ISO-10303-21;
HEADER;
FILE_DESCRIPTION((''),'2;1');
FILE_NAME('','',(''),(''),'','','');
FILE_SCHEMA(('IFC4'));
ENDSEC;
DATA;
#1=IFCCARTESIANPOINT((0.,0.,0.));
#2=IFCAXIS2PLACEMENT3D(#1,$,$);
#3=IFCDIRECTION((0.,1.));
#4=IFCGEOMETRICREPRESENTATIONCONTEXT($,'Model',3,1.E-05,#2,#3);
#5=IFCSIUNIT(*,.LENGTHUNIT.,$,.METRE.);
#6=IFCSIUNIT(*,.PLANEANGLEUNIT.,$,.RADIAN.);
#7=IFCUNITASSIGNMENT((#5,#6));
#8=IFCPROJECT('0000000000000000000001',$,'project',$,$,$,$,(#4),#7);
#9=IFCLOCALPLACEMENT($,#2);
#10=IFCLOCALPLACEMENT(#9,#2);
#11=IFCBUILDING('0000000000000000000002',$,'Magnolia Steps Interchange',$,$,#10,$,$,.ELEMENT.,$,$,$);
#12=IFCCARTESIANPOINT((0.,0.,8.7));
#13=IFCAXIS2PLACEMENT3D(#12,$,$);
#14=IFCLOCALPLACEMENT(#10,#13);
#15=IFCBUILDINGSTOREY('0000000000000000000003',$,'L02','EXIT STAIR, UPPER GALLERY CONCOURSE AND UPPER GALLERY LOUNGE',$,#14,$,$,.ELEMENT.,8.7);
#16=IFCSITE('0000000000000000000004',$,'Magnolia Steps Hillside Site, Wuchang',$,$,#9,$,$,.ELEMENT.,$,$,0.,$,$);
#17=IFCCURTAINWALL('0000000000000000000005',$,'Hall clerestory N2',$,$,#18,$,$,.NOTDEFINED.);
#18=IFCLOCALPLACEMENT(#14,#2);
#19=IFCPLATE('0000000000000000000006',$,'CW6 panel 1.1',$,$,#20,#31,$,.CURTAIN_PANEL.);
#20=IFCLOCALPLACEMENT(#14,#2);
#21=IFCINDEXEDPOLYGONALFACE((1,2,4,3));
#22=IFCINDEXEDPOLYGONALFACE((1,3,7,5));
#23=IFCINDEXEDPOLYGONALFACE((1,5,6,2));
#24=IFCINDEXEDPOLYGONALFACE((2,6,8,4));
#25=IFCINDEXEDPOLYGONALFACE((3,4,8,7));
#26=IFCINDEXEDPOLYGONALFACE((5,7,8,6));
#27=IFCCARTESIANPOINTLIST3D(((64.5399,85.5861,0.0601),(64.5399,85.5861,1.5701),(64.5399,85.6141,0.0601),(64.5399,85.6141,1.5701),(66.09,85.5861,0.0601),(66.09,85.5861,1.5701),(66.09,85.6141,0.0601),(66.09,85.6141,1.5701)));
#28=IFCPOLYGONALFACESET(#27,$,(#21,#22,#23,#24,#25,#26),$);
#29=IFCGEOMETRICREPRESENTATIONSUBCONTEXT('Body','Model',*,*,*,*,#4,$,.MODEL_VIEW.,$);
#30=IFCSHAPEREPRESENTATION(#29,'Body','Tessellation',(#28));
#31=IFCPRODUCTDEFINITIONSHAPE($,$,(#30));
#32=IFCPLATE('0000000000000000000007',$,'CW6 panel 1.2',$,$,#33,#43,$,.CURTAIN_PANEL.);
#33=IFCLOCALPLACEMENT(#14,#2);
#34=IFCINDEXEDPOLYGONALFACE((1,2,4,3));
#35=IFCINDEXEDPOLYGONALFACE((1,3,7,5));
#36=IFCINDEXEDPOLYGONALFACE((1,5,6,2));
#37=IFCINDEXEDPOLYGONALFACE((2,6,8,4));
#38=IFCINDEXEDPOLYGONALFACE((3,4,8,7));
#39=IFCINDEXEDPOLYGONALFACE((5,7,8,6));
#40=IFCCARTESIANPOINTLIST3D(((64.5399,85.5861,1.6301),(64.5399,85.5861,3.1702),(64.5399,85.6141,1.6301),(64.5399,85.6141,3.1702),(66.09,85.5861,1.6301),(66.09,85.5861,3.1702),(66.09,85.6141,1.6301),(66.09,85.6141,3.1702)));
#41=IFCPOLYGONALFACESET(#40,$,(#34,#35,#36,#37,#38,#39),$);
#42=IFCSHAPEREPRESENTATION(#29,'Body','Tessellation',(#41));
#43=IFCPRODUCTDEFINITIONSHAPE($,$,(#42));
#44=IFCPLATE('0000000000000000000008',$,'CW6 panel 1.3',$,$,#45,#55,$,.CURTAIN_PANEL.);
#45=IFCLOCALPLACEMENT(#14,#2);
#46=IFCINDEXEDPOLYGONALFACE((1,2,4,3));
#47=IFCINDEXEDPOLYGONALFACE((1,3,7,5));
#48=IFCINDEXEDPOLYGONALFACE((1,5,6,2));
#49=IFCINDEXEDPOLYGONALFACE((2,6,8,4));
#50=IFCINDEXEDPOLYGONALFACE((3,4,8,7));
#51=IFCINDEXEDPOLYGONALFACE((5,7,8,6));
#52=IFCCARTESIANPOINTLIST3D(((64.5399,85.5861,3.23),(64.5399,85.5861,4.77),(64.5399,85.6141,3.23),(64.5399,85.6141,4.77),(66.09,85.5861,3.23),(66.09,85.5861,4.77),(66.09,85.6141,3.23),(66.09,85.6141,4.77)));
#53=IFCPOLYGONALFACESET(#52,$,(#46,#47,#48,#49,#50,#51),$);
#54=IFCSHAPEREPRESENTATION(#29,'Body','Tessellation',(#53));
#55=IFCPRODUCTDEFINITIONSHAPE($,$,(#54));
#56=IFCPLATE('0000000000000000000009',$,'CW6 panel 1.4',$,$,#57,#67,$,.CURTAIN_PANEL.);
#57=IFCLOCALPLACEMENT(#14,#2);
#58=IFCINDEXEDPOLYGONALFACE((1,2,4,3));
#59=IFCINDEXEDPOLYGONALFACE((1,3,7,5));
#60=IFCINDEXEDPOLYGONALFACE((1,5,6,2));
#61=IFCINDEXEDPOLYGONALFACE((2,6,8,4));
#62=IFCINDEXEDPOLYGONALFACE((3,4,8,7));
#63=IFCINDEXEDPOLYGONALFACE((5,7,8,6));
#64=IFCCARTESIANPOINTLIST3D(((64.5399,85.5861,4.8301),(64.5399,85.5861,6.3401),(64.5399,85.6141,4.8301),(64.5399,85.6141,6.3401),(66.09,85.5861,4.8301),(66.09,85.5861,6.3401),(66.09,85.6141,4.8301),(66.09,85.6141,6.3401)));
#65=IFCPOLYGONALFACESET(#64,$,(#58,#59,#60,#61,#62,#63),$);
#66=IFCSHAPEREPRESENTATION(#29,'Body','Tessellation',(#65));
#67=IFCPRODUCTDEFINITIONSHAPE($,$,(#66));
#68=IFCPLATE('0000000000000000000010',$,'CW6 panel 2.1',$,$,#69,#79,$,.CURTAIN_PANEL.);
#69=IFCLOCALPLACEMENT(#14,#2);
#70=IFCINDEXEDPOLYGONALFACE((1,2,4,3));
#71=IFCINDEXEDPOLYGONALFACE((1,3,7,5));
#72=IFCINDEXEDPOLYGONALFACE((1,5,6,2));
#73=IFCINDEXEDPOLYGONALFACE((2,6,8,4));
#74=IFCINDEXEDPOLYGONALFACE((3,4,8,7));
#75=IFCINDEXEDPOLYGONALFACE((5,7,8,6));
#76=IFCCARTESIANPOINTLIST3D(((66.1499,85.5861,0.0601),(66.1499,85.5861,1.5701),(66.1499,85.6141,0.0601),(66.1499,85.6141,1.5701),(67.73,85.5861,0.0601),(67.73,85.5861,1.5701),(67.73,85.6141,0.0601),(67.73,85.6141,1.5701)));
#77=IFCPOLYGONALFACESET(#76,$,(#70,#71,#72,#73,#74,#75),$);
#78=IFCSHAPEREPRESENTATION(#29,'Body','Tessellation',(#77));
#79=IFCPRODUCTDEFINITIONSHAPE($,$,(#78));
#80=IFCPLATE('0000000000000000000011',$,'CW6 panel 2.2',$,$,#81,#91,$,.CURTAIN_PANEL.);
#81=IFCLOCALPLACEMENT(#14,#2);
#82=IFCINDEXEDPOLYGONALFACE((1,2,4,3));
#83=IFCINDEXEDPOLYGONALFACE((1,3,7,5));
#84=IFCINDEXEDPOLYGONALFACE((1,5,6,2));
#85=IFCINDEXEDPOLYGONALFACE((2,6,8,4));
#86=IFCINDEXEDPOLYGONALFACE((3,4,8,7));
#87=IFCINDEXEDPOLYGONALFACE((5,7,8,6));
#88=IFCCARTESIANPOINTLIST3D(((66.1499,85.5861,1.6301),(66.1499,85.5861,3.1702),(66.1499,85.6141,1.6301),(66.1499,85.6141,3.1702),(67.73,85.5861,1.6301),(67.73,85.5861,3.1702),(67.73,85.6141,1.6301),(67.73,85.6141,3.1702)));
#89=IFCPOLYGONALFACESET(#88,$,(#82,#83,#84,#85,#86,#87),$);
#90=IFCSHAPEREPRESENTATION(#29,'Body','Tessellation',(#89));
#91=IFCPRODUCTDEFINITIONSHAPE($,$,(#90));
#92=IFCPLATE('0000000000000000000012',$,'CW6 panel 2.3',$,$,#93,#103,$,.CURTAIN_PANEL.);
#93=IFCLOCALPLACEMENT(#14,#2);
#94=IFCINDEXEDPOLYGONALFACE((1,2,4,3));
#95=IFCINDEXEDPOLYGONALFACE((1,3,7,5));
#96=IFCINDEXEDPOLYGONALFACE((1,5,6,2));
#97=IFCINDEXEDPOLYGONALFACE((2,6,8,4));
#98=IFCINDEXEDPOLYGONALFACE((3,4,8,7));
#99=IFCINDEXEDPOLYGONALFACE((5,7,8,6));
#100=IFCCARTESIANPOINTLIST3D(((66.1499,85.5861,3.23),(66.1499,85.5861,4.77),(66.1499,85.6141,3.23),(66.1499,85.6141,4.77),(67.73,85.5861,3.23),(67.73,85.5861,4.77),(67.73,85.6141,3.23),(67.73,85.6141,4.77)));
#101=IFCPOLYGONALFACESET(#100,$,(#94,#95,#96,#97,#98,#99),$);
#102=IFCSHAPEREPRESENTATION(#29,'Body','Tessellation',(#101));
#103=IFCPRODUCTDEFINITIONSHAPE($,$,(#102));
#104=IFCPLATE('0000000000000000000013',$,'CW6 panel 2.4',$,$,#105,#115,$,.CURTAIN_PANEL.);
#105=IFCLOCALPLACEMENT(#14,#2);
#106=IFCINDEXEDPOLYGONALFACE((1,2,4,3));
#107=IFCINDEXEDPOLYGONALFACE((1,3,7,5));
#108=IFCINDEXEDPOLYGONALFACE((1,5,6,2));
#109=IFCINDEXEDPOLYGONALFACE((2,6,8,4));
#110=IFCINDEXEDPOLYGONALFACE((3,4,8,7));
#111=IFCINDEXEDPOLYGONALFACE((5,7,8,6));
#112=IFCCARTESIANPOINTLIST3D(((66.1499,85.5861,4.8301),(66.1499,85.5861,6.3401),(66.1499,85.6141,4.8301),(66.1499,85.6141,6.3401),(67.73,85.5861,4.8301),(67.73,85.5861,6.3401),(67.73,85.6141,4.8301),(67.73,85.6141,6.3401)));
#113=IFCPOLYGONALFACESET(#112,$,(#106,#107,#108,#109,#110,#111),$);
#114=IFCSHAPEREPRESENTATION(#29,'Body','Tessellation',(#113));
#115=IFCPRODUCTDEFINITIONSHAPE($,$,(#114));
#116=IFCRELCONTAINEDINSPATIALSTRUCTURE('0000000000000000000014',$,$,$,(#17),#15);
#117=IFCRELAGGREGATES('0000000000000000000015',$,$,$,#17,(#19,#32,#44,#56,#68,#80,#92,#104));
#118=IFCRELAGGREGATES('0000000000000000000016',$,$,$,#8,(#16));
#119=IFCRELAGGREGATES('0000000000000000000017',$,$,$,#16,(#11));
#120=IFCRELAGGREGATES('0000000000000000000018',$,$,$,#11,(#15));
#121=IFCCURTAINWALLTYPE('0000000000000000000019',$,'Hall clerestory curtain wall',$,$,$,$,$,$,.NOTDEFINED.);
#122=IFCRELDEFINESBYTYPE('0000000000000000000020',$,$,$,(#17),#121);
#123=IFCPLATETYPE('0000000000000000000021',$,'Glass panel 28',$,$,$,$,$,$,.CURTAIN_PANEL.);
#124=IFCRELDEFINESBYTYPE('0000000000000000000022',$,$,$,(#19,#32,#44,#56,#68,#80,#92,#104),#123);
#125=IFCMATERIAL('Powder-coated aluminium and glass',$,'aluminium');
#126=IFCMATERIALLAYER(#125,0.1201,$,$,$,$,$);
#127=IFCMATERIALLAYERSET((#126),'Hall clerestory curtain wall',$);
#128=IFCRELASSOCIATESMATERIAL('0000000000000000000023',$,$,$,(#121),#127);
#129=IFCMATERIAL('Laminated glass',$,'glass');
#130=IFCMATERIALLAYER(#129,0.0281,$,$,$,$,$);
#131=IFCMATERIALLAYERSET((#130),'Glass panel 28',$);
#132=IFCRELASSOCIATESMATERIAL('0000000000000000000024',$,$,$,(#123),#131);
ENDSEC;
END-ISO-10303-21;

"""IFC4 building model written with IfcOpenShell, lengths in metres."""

from ifc_helpers import new_model, si_unit, direction, frame, origin, origin_2d, place, context, subcontext, project, spatial, rectangle, extrude, material, layer, layer_set, type_object, element, aggregate, save


model = new_model("IFC4")

# Units and contexts
model_context = context("Model", 3, precision=1e-05, world=origin(), true_north=direction((0.0, 1.0)))
body_context = subcontext(model_context, "Body", "Model", "MODEL_VIEW")
ifc_project = project(units=[si_unit("LENGTHUNIT", "METRE"), si_unit("PLANEANGLEUNIT", "RADIAN")], contexts=[model_context])

# Site, building, storey
site_placement = place(None, origin())
site = spatial("IfcSite", under=ifc_project, at=site_placement, Name="Magnolia Steps Hillside Site, Wuchang", CompositionType="ELEMENT", RefElevation=0.0)
building_placement = place(site_placement, origin())
building = spatial("IfcBuilding", under=site, at=building_placement, Name="Magnolia Steps Interchange", CompositionType="ELEMENT")
storey_placement = place(building_placement, frame((0.0, 0.0, 8.7)))
storey = spatial("IfcBuildingStorey", under=building, at=storey_placement, Name="L02", Description="EXIT STAIR, UPPER GALLERY CONCOURSE AND UPPER GALLERY LOUNGE", CompositionType="ELEMENT", Elevation=8.7)

# Curtain wall, plates
ifc_material_1 = material(Name="Powder-coated aluminium and glass", Category="aluminium")
ifc_layer_1 = layer(ifc_material_1, 0.1201)
ifc_layer_set_1 = layer_set([ifc_layer_1], Name="Hall clerestory curtain wall")
curtain_wall_type = type_object("IfcCurtainWallType", Name="Hall clerestory curtain wall", PredefinedType="NOTDEFINED", material=ifc_layer_set_1)
curtain_wall_placement = place(storey_placement, origin())
curtain_wall = element("IfcCurtainWall", 1, at=curtain_wall_placement, inside=storey, type_object=curtain_wall_type, Name="Hall clerestory N2", PredefinedType="NOTDEFINED")
ifc_material_2 = material(Name="Laminated glass", Category="glass")
ifc_layer_2 = layer(ifc_material_2, 0.0281)
ifc_layer_set_2 = layer_set([ifc_layer_2], Name="Glass panel 28")
plate_type = type_object("IfcPlateType", Name="Glass panel 28", PredefinedType="CURTAIN_PANEL", material=ifc_layer_set_2)
plate_1_placement = place(storey_placement, frame((65.3149, 85.6001, 0.0601), z_axis=(0.0, 0.0, 1.0), x_axis=(1.0, 0.0, 0.0)))
plate_1 = element("IfcPlate", 2, at=plate_1_placement, type_object=plate_type, Name="CW6 panel 1.1", PredefinedType="CURTAIN_PANEL", context=body_context, shape_type="SweptSolid", body=[
    extrude(rectangle(XDim=1.55, YDim=0.0281, at=origin_2d()), origin(), (0.0, 0.0, 1.0), 1.51),
])
plate_2_placement = place(storey_placement, frame((65.3149, 85.6001, 1.6301), z_axis=(0.0, 0.0, 1.0), x_axis=(1.0, 0.0, 0.0)))
plate_2 = element("IfcPlate", 3, at=plate_2_placement, type_object=plate_type, Name="CW6 panel 1.2", PredefinedType="CURTAIN_PANEL", context=body_context, shape_type="SweptSolid", body=[
    extrude(rectangle(XDim=1.55, YDim=0.0281, at=origin_2d()), origin(), (0.0, 0.0, 1.0), 1.54),
])
plate_3_placement = place(storey_placement, frame((65.3149, 85.6001, 3.23), z_axis=(0.0, 0.0, 1.0), x_axis=(1.0, 0.0, 0.0)))
plate_3 = element("IfcPlate", 4, at=plate_3_placement, type_object=plate_type, Name="CW6 panel 1.3", PredefinedType="CURTAIN_PANEL", context=body_context, shape_type="SweptSolid", body=[
    extrude(rectangle(XDim=1.55, YDim=0.0281, at=origin_2d()), origin(), (0.0, 0.0, 1.0), 1.54),
])
plate_4_placement = place(storey_placement, frame((65.3149, 85.6001, 4.8301), z_axis=(0.0, 0.0, 1.0), x_axis=(1.0, 0.0, 0.0)))
plate_4 = element("IfcPlate", 5, at=plate_4_placement, type_object=plate_type, Name="CW6 panel 1.4", PredefinedType="CURTAIN_PANEL", context=body_context, shape_type="SweptSolid", body=[
    extrude(rectangle(XDim=1.55, YDim=0.0281, at=origin_2d()), origin(), (0.0, 0.0, 1.0), 1.51),
])
plate_5_placement = place(storey_placement, frame((66.9399, 85.6001, 0.0601), z_axis=(0.0, 0.0, 1.0), x_axis=(1.0, 0.0, 0.0)))
plate_5 = element("IfcPlate", 6, at=plate_5_placement, type_object=plate_type, Name="CW6 panel 2.1", PredefinedType="CURTAIN_PANEL", context=body_context, shape_type="SweptSolid", body=[
    extrude(rectangle(XDim=1.5801, YDim=0.0281, at=origin_2d()), origin(), (0.0, 0.0, 1.0), 1.51),
])
plate_6_placement = place(storey_placement, frame((66.9399, 85.6001, 1.6301), z_axis=(0.0, 0.0, 1.0), x_axis=(1.0, 0.0, 0.0)))
plate_6 = element("IfcPlate", 7, at=plate_6_placement, type_object=plate_type, Name="CW6 panel 2.2", PredefinedType="CURTAIN_PANEL", context=body_context, shape_type="SweptSolid", body=[
    extrude(rectangle(XDim=1.5801, YDim=0.0281, at=origin_2d()), origin(), (0.0, 0.0, 1.0), 1.54),
])
plate_7_placement = place(storey_placement, frame((66.9399, 85.6001, 3.23), z_axis=(0.0, 0.0, 1.0), x_axis=(1.0, 0.0, 0.0)))
plate_7 = element("IfcPlate", 8, at=plate_7_placement, type_object=plate_type, Name="CW6 panel 2.3", PredefinedType="CURTAIN_PANEL", context=body_context, shape_type="SweptSolid", body=[
    extrude(rectangle(XDim=1.5801, YDim=0.0281, at=origin_2d()), origin(), (0.0, 0.0, 1.0), 1.54),
])
plate_8_placement = place(storey_placement, frame((66.9399, 85.6001, 4.8301), z_axis=(0.0, 0.0, 1.0), x_axis=(1.0, 0.0, 0.0)))
plate_8 = element("IfcPlate", 9, at=plate_8_placement, type_object=plate_type, Name="CW6 panel 2.4", PredefinedType="CURTAIN_PANEL", context=body_context, shape_type="SweptSolid", body=[
    extrude(rectangle(XDim=1.5801, YDim=0.0281, at=origin_2d()), origin(), (0.0, 0.0, 1.0), 1.51),
])
aggregate(curtain_wall, [plate_1, plate_2, plate_3, plate_4, plate_5, plate_6, plate_7, plate_8])

save(model, "model.ifc")
